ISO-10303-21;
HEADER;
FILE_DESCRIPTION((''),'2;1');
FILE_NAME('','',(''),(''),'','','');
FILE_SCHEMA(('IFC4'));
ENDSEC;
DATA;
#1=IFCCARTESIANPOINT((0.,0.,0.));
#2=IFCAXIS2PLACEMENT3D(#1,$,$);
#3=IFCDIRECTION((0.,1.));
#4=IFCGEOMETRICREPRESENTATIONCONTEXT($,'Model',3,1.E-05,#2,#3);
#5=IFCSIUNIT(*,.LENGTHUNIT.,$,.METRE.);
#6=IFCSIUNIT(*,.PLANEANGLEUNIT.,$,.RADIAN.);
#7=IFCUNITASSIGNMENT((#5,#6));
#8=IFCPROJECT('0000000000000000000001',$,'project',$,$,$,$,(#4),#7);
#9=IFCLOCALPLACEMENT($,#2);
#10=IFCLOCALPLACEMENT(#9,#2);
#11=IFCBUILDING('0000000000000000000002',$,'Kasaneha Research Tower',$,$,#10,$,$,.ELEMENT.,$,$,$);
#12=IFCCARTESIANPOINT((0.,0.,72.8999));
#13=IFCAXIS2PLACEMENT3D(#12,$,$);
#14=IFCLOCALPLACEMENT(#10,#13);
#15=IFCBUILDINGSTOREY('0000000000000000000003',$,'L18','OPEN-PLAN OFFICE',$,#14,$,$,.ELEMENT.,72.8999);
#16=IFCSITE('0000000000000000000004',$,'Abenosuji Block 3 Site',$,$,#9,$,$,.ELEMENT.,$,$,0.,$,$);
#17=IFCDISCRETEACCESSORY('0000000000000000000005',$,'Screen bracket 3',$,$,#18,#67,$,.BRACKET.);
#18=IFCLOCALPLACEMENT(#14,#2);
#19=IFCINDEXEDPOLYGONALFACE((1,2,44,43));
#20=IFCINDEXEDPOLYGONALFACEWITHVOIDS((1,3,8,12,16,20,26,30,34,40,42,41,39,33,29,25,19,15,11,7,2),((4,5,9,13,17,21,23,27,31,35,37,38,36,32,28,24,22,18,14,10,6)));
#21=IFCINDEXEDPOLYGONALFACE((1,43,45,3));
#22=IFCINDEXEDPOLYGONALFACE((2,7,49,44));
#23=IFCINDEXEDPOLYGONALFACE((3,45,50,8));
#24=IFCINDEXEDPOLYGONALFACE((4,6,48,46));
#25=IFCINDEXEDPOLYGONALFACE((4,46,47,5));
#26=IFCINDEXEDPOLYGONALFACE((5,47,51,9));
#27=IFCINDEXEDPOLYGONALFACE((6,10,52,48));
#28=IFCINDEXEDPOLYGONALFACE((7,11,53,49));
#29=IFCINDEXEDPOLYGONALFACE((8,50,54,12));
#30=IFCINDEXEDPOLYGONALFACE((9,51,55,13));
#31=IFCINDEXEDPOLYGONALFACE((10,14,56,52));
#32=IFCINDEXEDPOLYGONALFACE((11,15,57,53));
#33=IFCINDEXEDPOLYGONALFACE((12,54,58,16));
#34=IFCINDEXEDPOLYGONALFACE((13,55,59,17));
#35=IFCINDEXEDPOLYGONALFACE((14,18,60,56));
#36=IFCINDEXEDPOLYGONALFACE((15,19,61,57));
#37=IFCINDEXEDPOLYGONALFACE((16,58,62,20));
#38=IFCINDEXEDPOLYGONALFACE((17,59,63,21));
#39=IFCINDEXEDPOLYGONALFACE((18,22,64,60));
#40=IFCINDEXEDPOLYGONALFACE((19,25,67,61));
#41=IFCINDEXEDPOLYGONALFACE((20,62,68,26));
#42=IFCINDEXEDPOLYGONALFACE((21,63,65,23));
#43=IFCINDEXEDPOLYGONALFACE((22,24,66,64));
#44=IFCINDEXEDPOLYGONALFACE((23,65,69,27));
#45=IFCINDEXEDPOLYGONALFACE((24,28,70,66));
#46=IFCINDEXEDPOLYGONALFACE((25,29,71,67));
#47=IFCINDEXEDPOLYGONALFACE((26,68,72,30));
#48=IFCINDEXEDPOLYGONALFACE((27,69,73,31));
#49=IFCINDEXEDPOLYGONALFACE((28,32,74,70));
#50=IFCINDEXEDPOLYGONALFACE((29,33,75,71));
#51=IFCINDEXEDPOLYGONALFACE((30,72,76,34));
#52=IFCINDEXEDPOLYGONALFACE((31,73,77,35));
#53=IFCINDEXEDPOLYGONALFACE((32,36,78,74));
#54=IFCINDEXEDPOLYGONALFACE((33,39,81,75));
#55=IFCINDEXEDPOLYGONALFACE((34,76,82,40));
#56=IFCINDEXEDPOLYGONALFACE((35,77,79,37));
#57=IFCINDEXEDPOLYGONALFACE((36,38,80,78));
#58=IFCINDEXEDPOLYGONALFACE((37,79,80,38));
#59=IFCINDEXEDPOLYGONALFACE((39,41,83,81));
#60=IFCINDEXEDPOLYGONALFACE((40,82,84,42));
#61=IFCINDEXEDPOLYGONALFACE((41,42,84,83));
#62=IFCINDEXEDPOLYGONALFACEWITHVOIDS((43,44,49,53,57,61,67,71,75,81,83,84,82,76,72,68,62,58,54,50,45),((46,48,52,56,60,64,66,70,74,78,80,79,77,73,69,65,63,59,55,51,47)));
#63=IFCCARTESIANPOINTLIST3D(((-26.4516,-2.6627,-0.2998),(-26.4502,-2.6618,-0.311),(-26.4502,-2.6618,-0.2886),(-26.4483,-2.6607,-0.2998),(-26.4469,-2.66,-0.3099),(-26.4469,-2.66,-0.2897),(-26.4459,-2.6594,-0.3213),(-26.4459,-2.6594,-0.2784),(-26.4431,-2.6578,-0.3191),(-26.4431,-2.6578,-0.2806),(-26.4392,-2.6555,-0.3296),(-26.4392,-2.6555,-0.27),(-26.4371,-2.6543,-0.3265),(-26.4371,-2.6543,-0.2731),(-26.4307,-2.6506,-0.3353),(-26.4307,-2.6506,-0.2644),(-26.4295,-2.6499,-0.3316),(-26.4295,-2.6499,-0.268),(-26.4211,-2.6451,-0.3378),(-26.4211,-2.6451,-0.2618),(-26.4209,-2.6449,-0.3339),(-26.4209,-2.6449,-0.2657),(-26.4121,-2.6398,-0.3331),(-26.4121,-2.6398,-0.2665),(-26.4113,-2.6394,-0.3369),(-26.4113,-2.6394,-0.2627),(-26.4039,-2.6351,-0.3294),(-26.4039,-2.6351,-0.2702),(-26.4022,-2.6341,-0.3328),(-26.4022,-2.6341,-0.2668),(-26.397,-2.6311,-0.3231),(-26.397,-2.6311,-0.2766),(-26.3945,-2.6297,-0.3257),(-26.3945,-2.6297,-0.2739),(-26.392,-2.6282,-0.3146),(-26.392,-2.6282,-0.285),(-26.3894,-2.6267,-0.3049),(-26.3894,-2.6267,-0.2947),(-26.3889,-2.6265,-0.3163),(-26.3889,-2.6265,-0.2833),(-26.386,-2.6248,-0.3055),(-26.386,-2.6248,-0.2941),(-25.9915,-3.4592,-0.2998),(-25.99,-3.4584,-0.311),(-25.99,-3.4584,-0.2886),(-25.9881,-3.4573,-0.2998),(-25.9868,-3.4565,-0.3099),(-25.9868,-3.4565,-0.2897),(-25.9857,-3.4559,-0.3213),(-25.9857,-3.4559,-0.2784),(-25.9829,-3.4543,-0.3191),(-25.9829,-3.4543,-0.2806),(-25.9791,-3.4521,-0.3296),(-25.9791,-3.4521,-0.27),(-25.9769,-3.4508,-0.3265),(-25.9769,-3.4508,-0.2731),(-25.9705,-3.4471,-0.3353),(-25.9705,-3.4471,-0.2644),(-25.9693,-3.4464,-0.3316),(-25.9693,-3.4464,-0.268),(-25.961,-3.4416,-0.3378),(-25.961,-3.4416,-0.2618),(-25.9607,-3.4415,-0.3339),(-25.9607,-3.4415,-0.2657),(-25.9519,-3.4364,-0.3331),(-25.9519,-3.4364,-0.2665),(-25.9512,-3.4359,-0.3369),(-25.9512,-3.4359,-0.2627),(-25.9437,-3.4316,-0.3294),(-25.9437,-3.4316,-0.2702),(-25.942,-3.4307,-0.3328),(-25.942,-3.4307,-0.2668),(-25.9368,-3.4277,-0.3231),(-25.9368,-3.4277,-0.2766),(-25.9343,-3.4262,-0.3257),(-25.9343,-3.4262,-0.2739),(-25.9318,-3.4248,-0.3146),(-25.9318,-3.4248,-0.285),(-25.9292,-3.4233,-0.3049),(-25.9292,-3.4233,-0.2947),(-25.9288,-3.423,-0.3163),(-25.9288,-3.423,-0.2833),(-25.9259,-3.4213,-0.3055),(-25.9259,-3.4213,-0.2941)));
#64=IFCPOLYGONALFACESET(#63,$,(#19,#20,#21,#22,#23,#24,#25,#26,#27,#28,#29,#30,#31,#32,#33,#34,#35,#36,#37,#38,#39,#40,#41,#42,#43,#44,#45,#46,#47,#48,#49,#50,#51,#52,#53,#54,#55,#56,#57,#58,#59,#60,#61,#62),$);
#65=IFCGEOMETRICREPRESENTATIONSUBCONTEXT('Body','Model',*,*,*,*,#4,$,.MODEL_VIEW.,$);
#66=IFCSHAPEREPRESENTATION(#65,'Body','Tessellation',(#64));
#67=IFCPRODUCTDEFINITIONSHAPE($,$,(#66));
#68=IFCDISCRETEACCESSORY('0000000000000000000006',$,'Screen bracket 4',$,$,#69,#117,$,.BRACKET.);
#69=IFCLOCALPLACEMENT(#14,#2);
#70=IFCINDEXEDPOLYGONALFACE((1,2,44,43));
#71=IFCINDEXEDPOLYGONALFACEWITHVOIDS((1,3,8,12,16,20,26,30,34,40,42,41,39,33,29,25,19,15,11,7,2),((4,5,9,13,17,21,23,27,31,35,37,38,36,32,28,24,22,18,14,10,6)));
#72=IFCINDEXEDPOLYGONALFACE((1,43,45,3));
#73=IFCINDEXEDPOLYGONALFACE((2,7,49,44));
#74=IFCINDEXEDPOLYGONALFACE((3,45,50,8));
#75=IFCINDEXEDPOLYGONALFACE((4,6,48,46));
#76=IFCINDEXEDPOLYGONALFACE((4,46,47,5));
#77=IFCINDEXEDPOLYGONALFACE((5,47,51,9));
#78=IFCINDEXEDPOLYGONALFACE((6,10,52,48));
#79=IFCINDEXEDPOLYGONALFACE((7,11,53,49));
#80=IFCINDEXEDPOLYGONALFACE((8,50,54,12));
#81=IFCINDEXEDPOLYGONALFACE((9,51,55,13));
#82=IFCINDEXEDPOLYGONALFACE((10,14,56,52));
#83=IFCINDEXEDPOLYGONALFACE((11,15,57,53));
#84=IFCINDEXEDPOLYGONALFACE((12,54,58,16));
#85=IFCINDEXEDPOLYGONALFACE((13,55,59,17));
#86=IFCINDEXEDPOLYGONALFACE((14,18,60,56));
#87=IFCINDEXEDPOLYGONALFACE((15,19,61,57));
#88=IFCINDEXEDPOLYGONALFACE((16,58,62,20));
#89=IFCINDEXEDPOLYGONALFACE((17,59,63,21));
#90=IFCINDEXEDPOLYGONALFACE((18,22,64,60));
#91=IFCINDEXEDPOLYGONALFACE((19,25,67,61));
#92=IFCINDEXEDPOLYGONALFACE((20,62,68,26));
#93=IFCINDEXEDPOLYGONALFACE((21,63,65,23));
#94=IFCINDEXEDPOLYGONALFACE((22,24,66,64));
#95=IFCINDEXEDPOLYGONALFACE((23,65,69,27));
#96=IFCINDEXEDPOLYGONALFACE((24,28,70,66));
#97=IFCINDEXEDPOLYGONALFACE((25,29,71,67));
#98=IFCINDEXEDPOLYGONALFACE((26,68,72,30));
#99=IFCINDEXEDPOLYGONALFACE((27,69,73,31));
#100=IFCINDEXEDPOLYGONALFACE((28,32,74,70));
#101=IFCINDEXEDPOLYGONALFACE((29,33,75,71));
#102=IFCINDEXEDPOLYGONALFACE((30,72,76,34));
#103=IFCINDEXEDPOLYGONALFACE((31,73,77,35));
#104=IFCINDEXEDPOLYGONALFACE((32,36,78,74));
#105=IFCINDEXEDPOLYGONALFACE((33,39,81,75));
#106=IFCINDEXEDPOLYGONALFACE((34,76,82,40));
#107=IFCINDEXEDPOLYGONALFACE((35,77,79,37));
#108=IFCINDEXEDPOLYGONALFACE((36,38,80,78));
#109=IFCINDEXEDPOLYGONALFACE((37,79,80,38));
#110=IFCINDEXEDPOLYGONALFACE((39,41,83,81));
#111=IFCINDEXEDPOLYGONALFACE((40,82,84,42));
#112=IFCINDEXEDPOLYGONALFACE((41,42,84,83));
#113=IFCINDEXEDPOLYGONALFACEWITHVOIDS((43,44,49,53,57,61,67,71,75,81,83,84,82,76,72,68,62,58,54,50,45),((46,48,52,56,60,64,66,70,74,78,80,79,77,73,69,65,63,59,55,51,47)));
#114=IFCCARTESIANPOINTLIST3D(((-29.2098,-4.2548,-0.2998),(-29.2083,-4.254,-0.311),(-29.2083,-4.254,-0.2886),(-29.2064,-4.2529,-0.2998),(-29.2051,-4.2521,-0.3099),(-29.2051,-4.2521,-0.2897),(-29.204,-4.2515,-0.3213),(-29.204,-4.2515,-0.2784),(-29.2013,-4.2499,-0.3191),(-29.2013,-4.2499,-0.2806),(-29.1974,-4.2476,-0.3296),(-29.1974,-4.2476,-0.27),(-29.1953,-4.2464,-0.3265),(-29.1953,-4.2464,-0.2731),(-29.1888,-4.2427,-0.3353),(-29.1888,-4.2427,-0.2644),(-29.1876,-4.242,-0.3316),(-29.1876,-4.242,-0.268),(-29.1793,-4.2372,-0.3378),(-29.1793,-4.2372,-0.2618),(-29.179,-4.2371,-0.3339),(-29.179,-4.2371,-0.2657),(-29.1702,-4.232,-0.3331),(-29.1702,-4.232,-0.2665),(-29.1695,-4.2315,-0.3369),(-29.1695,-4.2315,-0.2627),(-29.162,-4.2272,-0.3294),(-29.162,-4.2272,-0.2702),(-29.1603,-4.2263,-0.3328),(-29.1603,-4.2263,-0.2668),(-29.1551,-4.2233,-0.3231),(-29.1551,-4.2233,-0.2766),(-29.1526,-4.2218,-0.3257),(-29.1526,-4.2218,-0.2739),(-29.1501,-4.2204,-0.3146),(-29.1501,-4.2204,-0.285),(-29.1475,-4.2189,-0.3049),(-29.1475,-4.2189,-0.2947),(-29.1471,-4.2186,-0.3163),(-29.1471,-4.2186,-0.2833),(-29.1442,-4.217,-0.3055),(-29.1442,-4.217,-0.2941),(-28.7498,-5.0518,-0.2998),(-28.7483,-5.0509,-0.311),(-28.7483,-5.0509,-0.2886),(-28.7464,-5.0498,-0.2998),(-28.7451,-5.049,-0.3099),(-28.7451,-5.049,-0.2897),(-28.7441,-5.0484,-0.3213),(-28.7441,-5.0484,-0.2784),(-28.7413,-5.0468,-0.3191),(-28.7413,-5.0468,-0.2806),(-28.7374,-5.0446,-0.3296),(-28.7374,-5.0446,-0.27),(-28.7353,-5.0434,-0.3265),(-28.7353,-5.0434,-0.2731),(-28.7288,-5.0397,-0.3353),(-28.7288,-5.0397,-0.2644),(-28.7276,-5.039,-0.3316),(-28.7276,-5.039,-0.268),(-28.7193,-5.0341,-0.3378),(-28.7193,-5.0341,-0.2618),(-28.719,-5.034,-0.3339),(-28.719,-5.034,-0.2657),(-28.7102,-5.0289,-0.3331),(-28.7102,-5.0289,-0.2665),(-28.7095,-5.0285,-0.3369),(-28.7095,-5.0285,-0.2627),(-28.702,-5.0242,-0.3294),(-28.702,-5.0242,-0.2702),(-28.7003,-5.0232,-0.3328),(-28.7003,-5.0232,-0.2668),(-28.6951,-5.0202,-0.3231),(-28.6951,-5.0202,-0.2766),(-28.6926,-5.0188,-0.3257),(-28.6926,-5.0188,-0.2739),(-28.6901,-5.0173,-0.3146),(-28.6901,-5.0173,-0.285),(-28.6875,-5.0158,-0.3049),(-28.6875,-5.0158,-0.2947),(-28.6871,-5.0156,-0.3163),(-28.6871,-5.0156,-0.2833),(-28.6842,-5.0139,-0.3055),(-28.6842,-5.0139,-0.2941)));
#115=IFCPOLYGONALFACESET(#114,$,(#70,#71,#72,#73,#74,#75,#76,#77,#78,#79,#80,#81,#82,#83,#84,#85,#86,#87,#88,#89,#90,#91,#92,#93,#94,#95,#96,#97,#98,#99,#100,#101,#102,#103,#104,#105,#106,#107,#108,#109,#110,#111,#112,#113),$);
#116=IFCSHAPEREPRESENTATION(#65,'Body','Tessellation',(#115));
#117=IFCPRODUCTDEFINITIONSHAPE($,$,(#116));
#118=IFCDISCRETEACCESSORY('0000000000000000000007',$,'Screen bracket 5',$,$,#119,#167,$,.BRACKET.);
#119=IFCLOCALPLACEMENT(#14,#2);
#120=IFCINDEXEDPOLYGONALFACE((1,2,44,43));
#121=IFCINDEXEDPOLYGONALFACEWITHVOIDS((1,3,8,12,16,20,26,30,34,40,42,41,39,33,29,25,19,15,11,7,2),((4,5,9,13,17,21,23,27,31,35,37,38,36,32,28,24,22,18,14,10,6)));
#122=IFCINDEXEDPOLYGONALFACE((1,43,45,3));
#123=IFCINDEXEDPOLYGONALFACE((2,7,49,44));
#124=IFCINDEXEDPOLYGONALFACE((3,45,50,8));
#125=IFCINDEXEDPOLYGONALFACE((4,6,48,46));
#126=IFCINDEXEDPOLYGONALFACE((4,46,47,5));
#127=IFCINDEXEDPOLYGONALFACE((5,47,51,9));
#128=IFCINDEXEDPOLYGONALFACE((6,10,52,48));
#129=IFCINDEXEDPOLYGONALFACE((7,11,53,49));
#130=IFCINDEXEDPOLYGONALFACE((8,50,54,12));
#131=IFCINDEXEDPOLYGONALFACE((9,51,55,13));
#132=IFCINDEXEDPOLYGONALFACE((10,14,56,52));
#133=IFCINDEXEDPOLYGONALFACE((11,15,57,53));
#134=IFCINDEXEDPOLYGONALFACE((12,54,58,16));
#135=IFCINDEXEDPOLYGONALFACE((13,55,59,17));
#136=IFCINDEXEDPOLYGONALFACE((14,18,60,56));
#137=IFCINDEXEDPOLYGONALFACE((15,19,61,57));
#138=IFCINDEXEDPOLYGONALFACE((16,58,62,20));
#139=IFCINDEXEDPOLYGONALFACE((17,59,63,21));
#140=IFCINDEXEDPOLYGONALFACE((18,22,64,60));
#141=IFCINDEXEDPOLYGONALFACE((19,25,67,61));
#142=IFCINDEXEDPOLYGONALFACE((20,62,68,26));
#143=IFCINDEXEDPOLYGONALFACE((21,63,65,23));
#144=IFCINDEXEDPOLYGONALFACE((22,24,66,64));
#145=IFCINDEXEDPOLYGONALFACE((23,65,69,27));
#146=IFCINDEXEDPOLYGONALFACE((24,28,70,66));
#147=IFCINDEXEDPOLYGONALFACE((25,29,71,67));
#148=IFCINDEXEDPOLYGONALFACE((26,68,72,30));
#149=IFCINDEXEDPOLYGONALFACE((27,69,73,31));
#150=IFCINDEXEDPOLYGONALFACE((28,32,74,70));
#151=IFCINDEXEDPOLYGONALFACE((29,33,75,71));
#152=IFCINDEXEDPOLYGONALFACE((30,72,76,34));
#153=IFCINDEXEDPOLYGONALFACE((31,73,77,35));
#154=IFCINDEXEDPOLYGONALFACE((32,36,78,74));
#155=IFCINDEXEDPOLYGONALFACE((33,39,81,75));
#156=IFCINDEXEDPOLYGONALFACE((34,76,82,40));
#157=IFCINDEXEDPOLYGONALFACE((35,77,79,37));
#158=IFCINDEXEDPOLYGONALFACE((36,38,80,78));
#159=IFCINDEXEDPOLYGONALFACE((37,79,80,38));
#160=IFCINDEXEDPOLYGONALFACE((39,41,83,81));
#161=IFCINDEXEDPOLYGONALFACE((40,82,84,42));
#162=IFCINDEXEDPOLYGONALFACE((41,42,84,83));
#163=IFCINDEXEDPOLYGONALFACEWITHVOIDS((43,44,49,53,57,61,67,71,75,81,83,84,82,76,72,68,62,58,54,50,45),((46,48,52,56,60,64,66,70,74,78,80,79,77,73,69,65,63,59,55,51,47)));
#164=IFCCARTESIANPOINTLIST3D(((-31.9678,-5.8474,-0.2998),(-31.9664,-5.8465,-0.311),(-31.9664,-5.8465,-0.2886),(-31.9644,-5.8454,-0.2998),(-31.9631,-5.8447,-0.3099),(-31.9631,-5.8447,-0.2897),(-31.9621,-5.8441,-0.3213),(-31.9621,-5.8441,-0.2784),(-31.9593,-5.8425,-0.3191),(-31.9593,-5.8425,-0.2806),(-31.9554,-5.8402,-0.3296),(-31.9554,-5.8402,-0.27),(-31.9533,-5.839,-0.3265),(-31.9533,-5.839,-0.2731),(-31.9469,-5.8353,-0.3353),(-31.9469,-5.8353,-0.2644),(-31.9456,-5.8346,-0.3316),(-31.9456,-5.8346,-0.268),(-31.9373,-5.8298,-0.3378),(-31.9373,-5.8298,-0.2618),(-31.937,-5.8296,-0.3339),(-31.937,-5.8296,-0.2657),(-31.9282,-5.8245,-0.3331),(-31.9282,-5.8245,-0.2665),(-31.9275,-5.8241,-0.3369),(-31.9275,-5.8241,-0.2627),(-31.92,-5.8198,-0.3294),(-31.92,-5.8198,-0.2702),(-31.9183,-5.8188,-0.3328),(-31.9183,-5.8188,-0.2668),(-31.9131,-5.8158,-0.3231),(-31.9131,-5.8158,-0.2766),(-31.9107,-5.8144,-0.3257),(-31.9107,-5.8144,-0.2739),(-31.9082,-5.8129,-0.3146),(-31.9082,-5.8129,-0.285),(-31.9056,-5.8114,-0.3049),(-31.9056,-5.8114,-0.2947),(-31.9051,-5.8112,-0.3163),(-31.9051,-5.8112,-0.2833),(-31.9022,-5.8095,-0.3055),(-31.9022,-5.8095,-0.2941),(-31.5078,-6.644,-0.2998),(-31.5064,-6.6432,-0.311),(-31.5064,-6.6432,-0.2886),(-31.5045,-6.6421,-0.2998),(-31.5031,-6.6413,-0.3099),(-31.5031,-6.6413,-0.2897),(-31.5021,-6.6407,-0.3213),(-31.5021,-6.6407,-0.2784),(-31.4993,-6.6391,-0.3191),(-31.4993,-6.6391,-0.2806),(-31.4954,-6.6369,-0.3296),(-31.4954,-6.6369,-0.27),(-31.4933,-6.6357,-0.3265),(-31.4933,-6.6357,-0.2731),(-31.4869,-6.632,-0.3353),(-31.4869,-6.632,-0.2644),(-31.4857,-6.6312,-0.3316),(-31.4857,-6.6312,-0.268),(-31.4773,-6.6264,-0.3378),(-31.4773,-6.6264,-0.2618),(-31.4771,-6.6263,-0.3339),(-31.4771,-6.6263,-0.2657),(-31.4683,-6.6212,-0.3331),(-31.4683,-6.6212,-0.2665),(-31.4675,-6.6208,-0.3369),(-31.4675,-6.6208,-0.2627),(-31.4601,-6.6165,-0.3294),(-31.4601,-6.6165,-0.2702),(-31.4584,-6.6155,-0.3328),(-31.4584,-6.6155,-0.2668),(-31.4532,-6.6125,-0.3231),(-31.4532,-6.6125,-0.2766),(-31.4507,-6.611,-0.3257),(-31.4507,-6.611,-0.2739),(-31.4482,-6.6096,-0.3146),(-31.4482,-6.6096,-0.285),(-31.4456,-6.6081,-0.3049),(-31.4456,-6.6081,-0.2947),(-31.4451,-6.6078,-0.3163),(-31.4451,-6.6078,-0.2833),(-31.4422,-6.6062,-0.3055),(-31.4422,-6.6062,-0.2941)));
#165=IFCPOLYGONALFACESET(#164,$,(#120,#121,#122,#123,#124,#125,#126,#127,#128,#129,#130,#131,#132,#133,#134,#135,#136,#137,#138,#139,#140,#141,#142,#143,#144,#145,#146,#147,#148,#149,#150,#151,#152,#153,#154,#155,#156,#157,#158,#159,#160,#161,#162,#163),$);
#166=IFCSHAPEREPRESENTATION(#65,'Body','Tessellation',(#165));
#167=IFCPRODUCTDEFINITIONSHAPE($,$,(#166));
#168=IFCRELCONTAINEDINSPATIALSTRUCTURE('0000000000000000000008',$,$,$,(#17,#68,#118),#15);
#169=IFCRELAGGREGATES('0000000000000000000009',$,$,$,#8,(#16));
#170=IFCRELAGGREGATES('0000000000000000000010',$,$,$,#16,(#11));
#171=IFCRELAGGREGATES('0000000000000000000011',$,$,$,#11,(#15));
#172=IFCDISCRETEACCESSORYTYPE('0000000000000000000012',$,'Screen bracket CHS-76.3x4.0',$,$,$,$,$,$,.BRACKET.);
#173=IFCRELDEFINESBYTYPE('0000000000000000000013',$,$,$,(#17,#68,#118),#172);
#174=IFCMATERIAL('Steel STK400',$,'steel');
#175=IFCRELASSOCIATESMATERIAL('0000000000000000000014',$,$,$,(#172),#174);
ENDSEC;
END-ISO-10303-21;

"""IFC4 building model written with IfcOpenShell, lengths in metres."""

from ifc_helpers import new_model, si_unit, direction, frame, origin, origin_2d, place, context, subcontext, project, spatial, hollow_circle, extrude, material, material_profile, profile_set, type_object, element, save


model = new_model("IFC4")

# Units and contexts
model_context = context("Model", 3, precision=1e-05, world=origin(), true_north=direction((0.0, 1.0)))
body_context = subcontext(model_context, "Body", "Model", "MODEL_VIEW")
ifc_project = project(units=[si_unit("LENGTHUNIT", "METRE"), si_unit("PLANEANGLEUNIT", "RADIAN")], contexts=[model_context])

# Site, building, storey
site_placement = place(None, origin())
site = spatial("IfcSite", under=ifc_project, at=site_placement, Name="Abenosuji Block 3 Site", CompositionType="ELEMENT", RefElevation=0.0)
building_placement = place(site_placement, origin())
building = spatial("IfcBuilding", under=site, at=building_placement, Name="Kasaneha Research Tower", CompositionType="ELEMENT")
storey_placement = place(building_placement, frame((0.0, 0.0, 72.8999)))
storey = spatial("IfcBuildingStorey", under=building, at=storey_placement, Name="L18", Description="OPEN-PLAN OFFICE", CompositionType="ELEMENT", Elevation=72.8999)

# Discrete accessories
ifc_material_1 = material(Name="Steel STK400", Category="steel")
ifc_material_profile_1 = material_profile(ifc_material_1, hollow_circle(Radius=0.0381, WallThickness=0.0039, at=origin_2d()), Name="CHS-76.3x4.0")
ifc_profile_set_1 = profile_set([ifc_material_profile_1], Name="Steel STK400")
discrete_accessory_type = type_object("IfcDiscreteAccessoryType", Name="Screen bracket CHS-76.3x4.0", PredefinedType="BRACKET", material=ifc_profile_set_1)
discrete_accessory_1_placement = place(storey_placement, frame((-25.9585, -3.4402, -0.2998), z_axis=(-0.50022, 0.865898, 0.0), x_axis=(-0.865898, -0.50022, 0.0)))
element("IfcDiscreteAccessory", 1, at=discrete_accessory_1_placement, inside=storey, type_object=discrete_accessory_type, Name="Screen bracket 3", PredefinedType="BRACKET", context=body_context, shape_type="SweptSolid", body=[
    extrude(hollow_circle(Radius=0.0381, WallThickness=0.0039, at=origin_2d()), origin(), (0.0, 0.0, 1.0), 0.9199),
])
discrete_accessory_2_placement = place(storey_placement, frame((-28.7168, -5.0327, -0.2998), z_axis=(-0.499906, 0.86608, 0.0), x_axis=(-0.86608, -0.499906, 0.0)))
element("IfcDiscreteAccessory", 2, at=discrete_accessory_2_placement, inside=storey, type_object=discrete_accessory_type, Name="Screen bracket 4", PredefinedType="BRACKET", context=body_context, shape_type="SweptSolid", body=[
    extrude(hollow_circle(Radius=0.0381, WallThickness=0.0039, at=origin_2d()), origin(), (0.0, 0.0, 1.0), 0.9202),
])
discrete_accessory_3_placement = place(storey_placement, frame((-31.4749, -6.625, -0.2998), z_axis=(-0.500021, 0.866013, 0.0), x_axis=(-0.866013, -0.500021, 0.0)))
element("IfcDiscreteAccessory", 3, at=discrete_accessory_3_placement, inside=storey, type_object=discrete_accessory_type, Name="Screen bracket 5", PredefinedType="BRACKET", context=body_context, shape_type="SweptSolid", body=[
    extrude(hollow_circle(Radius=0.0381, WallThickness=0.0039, at=origin_2d()), origin(), (0.0, 0.0, 1.0), 0.9199),
])

save(model, "model.ifc")
